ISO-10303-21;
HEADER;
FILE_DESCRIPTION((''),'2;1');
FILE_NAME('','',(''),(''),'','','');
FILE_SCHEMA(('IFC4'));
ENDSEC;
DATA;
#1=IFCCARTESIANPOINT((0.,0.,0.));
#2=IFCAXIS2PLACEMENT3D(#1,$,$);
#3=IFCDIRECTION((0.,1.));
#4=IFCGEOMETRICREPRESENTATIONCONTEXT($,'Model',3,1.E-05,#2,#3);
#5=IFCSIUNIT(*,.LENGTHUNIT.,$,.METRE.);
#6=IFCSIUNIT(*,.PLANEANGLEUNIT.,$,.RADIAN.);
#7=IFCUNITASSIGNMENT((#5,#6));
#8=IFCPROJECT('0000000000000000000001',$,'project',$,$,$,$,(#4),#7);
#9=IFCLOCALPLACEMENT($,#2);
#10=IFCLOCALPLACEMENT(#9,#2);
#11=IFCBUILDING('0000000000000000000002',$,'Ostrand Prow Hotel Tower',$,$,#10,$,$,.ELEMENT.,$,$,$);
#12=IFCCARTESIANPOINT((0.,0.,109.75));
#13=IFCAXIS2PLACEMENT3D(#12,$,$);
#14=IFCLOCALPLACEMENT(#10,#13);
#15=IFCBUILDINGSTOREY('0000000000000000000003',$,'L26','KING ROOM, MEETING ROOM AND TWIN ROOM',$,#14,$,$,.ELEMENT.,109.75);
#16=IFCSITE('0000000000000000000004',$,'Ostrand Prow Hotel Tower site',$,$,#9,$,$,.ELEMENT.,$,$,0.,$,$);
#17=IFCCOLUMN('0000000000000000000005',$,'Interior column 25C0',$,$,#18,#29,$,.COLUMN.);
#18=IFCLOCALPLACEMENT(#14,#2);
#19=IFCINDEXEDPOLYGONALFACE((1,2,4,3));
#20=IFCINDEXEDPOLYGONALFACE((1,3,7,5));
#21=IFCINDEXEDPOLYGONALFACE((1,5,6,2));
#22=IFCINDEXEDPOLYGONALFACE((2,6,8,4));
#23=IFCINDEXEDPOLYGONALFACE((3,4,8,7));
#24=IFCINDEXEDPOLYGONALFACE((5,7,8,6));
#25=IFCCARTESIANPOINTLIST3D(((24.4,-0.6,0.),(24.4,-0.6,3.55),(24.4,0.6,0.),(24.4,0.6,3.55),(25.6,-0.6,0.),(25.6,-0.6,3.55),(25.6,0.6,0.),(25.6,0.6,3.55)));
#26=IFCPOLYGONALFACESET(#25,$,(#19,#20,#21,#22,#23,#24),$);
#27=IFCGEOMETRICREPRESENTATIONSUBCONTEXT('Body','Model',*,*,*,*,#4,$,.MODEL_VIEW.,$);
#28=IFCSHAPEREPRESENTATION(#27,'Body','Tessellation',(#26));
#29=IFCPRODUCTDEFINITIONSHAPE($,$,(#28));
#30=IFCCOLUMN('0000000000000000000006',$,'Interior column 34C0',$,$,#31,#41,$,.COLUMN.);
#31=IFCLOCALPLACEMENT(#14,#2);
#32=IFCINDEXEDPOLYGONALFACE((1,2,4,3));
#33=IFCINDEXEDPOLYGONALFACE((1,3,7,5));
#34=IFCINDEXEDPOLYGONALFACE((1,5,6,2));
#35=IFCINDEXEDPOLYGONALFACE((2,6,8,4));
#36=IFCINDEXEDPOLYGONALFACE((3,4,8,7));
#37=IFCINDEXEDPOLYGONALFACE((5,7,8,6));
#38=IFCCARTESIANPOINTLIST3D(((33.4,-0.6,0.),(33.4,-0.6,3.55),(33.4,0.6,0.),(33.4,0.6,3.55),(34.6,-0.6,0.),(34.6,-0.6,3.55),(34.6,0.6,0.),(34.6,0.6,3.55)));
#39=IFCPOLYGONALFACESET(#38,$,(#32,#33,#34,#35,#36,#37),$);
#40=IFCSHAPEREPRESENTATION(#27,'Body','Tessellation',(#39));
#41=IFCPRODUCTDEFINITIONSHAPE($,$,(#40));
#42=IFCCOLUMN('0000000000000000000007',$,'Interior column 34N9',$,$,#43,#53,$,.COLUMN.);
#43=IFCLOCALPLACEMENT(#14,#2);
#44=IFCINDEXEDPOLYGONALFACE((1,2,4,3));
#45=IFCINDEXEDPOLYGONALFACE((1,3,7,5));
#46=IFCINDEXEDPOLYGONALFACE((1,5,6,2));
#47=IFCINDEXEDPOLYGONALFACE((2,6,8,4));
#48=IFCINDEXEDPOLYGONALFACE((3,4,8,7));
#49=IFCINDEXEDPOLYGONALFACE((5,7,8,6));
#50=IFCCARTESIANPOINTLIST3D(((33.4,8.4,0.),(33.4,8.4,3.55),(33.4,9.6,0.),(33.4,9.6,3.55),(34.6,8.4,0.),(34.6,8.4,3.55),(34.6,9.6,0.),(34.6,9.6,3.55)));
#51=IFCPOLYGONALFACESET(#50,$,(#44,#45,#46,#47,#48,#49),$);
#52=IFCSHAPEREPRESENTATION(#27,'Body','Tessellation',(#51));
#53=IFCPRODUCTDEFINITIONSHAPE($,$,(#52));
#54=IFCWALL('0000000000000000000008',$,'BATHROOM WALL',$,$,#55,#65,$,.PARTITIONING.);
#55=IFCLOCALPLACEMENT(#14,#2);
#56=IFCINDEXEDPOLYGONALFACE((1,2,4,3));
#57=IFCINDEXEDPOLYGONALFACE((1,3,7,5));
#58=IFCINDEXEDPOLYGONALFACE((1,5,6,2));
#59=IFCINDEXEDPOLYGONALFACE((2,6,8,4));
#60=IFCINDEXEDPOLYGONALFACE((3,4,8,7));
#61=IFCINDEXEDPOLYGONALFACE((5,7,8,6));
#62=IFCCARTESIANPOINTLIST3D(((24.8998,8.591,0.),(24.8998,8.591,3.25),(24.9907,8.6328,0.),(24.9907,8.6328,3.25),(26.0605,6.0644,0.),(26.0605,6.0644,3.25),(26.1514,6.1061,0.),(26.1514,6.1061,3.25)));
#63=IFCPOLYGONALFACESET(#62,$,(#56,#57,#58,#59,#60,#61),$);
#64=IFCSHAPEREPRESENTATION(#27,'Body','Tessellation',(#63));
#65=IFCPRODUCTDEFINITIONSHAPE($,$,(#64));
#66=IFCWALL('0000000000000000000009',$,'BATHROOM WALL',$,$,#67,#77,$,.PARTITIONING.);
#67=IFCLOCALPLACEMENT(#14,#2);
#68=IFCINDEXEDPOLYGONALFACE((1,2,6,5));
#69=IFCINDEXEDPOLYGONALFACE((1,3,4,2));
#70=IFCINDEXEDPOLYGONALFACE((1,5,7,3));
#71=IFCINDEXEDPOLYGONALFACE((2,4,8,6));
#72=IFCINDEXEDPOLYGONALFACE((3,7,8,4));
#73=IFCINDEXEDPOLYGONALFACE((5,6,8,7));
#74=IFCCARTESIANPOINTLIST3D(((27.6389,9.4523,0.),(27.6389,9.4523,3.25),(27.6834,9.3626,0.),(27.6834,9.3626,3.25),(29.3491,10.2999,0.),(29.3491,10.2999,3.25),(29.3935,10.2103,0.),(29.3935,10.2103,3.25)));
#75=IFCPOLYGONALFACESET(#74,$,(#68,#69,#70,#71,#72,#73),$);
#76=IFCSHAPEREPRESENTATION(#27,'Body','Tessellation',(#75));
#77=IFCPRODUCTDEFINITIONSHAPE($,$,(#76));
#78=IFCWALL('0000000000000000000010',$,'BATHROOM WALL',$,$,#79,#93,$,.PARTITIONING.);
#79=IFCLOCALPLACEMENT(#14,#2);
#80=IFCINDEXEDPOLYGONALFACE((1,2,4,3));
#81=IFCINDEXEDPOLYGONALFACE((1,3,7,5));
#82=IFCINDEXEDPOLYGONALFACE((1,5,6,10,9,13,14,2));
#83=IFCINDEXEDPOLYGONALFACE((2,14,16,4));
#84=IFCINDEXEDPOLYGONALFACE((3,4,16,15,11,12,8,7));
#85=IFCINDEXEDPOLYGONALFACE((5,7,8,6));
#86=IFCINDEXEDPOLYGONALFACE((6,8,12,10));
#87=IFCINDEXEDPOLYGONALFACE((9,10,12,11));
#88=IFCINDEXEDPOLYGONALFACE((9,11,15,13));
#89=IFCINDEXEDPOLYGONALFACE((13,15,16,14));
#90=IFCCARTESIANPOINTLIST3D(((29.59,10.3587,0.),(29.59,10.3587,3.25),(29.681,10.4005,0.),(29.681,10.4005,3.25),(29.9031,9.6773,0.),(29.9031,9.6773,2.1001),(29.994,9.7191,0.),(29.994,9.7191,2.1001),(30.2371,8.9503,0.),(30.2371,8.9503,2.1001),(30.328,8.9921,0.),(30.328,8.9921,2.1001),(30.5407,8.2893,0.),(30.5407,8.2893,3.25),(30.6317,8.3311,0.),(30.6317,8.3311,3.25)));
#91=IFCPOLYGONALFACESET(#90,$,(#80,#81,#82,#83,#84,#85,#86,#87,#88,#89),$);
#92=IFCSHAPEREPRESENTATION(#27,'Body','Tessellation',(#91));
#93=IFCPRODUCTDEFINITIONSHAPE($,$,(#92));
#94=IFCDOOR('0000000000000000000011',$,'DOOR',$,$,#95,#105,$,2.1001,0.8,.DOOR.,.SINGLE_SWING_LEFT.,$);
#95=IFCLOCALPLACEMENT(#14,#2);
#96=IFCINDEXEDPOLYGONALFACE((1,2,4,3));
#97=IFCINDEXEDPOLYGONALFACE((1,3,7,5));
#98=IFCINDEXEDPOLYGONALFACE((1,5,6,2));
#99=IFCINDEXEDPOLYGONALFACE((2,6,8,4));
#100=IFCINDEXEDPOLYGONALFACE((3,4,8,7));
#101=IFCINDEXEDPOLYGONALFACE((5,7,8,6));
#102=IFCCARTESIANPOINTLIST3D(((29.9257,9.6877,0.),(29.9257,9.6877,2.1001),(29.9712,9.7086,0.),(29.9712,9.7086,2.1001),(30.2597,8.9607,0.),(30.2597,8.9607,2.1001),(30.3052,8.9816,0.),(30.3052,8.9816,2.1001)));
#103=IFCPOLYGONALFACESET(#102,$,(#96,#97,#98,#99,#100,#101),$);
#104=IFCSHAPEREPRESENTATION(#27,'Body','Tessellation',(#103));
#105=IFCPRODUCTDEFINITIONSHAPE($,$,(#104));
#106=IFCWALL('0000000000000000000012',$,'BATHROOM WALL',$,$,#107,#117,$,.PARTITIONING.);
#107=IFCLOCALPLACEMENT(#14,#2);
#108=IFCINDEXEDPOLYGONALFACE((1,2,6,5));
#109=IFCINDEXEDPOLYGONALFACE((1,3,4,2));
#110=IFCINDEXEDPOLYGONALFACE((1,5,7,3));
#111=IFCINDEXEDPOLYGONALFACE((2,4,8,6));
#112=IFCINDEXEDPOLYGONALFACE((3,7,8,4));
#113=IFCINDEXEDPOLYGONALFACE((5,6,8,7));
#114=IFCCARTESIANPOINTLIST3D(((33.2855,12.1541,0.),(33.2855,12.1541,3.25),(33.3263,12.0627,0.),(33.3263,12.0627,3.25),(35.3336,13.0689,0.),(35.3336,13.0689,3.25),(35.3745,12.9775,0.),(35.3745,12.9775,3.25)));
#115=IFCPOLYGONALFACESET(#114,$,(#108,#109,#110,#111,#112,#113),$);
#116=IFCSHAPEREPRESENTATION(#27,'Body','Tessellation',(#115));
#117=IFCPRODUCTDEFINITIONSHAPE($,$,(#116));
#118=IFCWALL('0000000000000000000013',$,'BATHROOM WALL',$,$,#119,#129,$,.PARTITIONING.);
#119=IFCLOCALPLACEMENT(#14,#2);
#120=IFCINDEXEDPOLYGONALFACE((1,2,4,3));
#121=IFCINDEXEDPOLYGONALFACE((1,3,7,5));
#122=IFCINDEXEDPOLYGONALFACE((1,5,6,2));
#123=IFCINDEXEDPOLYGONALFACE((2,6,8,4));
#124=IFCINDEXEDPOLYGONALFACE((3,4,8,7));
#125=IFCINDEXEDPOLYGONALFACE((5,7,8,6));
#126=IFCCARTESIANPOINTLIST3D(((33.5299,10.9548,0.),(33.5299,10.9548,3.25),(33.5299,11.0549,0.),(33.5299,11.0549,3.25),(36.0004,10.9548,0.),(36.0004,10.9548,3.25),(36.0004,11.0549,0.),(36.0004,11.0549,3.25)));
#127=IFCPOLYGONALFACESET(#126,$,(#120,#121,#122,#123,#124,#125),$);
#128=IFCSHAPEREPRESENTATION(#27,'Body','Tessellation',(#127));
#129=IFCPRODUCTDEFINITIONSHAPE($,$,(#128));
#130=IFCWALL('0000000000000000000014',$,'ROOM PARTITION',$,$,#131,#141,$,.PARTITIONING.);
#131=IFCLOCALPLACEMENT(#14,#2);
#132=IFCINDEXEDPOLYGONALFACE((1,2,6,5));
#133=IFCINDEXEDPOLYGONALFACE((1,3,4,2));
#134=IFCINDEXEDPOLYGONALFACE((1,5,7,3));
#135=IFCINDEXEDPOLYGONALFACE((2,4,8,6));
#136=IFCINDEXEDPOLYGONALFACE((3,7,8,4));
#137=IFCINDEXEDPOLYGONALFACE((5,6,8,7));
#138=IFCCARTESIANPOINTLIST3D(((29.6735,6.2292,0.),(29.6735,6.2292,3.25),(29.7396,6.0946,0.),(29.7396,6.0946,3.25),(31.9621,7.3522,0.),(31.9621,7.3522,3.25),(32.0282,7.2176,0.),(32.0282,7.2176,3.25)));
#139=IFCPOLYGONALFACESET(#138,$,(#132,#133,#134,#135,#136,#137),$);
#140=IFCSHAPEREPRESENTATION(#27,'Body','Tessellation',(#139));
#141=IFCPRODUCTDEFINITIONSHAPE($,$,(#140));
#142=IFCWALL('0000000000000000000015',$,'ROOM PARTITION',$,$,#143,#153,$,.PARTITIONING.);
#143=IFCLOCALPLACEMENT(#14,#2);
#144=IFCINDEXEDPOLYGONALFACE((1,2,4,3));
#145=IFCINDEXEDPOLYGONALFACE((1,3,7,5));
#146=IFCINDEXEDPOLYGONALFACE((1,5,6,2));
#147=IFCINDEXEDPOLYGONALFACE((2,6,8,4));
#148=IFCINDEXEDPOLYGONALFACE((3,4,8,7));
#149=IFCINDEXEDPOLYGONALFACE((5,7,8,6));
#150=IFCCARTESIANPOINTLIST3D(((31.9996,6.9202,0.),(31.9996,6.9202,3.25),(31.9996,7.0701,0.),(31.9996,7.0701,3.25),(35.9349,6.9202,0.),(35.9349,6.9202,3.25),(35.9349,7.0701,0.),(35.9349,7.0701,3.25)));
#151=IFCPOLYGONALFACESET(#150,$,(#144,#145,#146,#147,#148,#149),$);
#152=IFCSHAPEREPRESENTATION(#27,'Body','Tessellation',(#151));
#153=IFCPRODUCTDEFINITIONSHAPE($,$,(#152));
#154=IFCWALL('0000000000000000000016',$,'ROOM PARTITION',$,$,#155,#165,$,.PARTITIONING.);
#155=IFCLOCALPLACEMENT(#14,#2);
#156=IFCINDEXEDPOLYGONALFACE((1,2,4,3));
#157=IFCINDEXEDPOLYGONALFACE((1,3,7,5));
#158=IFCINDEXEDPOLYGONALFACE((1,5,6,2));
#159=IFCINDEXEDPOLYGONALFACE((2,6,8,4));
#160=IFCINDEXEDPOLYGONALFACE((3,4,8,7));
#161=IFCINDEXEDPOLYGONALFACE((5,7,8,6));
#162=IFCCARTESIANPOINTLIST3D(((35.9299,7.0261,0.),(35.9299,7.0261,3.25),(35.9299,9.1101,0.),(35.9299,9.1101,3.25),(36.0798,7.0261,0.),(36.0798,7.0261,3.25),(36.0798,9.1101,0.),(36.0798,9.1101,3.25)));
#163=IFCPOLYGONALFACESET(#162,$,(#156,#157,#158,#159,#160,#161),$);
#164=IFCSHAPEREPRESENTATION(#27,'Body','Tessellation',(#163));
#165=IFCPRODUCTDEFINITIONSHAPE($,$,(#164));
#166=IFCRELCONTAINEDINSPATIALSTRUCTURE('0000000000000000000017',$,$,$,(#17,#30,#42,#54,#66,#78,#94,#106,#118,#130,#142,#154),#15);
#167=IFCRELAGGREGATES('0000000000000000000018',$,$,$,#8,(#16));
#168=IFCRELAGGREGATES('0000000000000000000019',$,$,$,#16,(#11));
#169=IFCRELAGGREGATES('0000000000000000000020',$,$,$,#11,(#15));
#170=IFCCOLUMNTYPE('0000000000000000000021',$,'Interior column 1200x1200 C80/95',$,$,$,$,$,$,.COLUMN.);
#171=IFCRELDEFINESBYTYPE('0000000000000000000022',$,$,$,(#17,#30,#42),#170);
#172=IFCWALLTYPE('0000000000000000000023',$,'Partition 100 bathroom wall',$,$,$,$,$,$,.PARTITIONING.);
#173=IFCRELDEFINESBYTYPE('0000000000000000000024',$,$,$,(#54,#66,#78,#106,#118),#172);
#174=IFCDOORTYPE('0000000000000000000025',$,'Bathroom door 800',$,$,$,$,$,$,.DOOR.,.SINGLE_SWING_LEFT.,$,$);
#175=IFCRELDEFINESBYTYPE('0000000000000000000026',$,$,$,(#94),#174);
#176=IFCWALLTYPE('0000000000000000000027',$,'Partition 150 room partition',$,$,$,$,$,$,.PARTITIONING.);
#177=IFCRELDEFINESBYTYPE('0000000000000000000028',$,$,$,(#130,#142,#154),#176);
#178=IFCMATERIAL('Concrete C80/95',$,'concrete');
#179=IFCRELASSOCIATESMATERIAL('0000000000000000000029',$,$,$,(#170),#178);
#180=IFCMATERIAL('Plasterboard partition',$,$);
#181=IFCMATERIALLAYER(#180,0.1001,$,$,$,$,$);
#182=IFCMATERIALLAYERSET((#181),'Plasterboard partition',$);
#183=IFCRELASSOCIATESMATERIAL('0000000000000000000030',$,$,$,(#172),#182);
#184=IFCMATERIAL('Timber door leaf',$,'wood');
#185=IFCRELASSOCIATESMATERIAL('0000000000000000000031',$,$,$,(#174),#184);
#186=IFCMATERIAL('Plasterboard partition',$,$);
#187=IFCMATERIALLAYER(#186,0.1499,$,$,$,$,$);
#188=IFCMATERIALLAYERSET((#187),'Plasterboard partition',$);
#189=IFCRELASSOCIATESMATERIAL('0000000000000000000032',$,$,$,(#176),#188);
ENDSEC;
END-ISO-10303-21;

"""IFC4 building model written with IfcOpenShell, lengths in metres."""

from ifc_helpers import new_model, si_unit, direction, frame, frame_2d, origin, origin_2d, place, context, subcontext, project, spatial, rectangle, extrude, material, layer, layer_set, material_profile, profile_set, type_object, element, fill, save


model = new_model("IFC4")

# Units and contexts
model_context = context("Model", 3, precision=1e-05, world=origin(), true_north=direction((0.0, 1.0)))
body_context = subcontext(model_context, "Body", "Model", "MODEL_VIEW")
ifc_project = project(units=[si_unit("LENGTHUNIT", "METRE"), si_unit("PLANEANGLEUNIT", "RADIAN")], contexts=[model_context])

# Site, building, storey
site_placement = place(None, origin())
site = spatial("IfcSite", under=ifc_project, at=site_placement, Name="Ostrand Prow Hotel Tower site", CompositionType="ELEMENT", RefElevation=0.0)
building_placement = place(site_placement, origin())
building = spatial("IfcBuilding", under=site, at=building_placement, Name="Ostrand Prow Hotel Tower", CompositionType="ELEMENT")
storey_placement = place(building_placement, frame((0.0, 0.0, 109.75)))
storey = spatial("IfcBuildingStorey", under=building, at=storey_placement, Name="L26", Description="KING ROOM, MEETING ROOM AND TWIN ROOM", CompositionType="ELEMENT", Elevation=109.75)

# Columns
ifc_material_1 = material(Name="Concrete C80/95", Category="concrete")
ifc_material_profile = material_profile(ifc_material_1, rectangle(XDim=1.2, YDim=1.2, at=origin_2d()), Name="RC 1200x1200")
ifc_profile_set = profile_set([ifc_material_profile], Name="Concrete C80/95")
column_type = type_object("IfcColumnType", Name="Interior column 1200x1200 C80/95", PredefinedType="COLUMN", material=ifc_profile_set)
for number, where, z_axis, x_axis, name in (
    (1, (25.0, 0.0, 0.0), (0.0, 0.0, 1.0), (1.0, 0.0, 0.0), "Interior column 25C0"),
    (2, (34.0, 0.0, 0.0), (0.0, 0.0, 1.0), (1.0, 0.0, 0.0), "Interior column 34C0"),
    (3, (34.0, 9.0, 0.0), (0.0, 0.0, 1.0), (1.0, 0.0, 0.0), "Interior column 34N9"),
):
    element("IfcColumn", number, at=place(storey_placement, frame(where, z_axis=z_axis, x_axis=x_axis)), inside=storey, type_object=column_type, Name=name, PredefinedType="COLUMN", context=body_context, shape_type="SweptSolid", body=[
        extrude(rectangle(XDim=1.2, YDim=1.2, at=origin_2d()), origin(), (0.0, 0.0, 1.0), 3.55),
    ])

# Walls
ifc_material_2 = material(Name="Plasterboard partition")
ifc_layer_1 = layer(ifc_material_2, 0.1001)
ifc_layer_set_1 = layer_set([ifc_layer_1], Name="Plasterboard partition")
wall_type_1 = type_object("IfcWallType", Name="Partition 100 bathroom wall", PredefinedType="PARTITIONING", material=ifc_layer_set_1)
wall_1_placement = place(storey_placement, frame((24.9453, 8.6118, 0.0), z_axis=(0.0, 0.0, 1.0), x_axis=(0.417432, -0.908708, 0.0)))
element("IfcWall", 4, at=wall_1_placement, inside=storey, type_object=wall_type_1, Name="BATHROOM WALL", PredefinedType="PARTITIONING", context=body_context, shape_type="SweptSolid", body=[
    extrude(rectangle(XDim=2.7805, YDim=0.1001, at=frame_2d((1.3901, 0.0))), origin(), (0.0, 0.0, 1.0), 3.25),
])
wall_2_placement = place(storey_placement, frame((27.6611, 9.4075, 0.0), z_axis=(0.0, 0.0, 1.0), x_axis=(0.895982, 0.44409, 0.0)))
element("IfcWall", 5, at=wall_2_placement, inside=storey, type_object=wall_type_1, Name="BATHROOM WALL", PredefinedType="PARTITIONING", context=body_context, shape_type="SweptSolid", body=[
    extrude(rectangle(XDim=1.9087, YDim=0.1001, at=frame_2d((0.9543, 0.0))), origin(), (0.0, 0.0, 1.0), 3.25),
])

# Wall, opening, door
wall_3_placement = place(storey_placement, frame((29.6355, 10.3796, 0.0), z_axis=(0.0, 0.0, 1.0), x_axis=(0.417467, -0.908692, 0.0)))
wall_3 = element("IfcWall", 6, at=wall_3_placement, inside=storey, type_object=wall_type_1, Name="BATHROOM WALL", PredefinedType="PARTITIONING", context=body_context, shape_type="SweptSolid", body=[
    extrude(rectangle(XDim=2.2773, YDim=0.1001, at=frame_2d((1.1387, 0.0))), origin(), (0.0, 0.0, 1.0), 3.25),
])
opening_1_placement = place(wall_3_placement, frame((0.75, 0.0, 0.0)))
opening_1 = element("IfcOpeningElement", 7, at=opening_1_placement, cuts=wall_3, PredefinedType="OPENING", context=body_context, shape_type="SweptSolid", body=[
    extrude(rectangle(XDim=0.8, YDim=2.1001, at=frame_2d((0.3999, 1.05))), frame((0.0, 0.0601, 0.0), z_axis=(0.0, -1.0, 0.0), x_axis=(1.0, 0.0, 0.0)), (0.0, 0.0, 1.0), 0.1201),
])
ifc_material_3 = material(Name="Timber door leaf", Category="wood")
door_type_1 = type_object("IfcDoorType", Name="Bathroom door 800", OperationType="SINGLE_SWING_LEFT", PredefinedType="DOOR", material=ifc_material_3)
door_1_placement = place(opening_1_placement, origin())
door_1 = element("IfcDoor", 8, at=door_1_placement, inside=storey, type_object=door_type_1, Name="DOOR", OperationType="SINGLE_SWING_LEFT", OverallHeight=2.1001, OverallWidth=0.8, PredefinedType="DOOR", context=body_context, shape_type="SweptSolid", body=[
    extrude(rectangle(XDim=0.8, YDim=2.1001, at=frame_2d((0.3999, 1.05))), frame((0.0, 0.0249, 0.0), z_axis=(0.0, -1.0, 0.0), x_axis=(1.0, 0.0, 0.0)), (0.0, 0.0, 1.0), 0.05),
])
fill(opening_1, door_1)

# Walls
wall_4_placement = place(storey_placement, frame((33.3059, 12.1084, 0.0), z_axis=(0.0, 0.0, 1.0), x_axis=(0.91306, 0.407824, 0.0)))
element("IfcWall", 9, at=wall_4_placement, inside=storey, type_object=wall_type_1, Name="BATHROOM WALL", PredefinedType="PARTITIONING", context=body_context, shape_type="SweptSolid", body=[
    extrude(rectangle(XDim=2.2432, YDim=0.1001, at=frame_2d((1.1216, 0.0))), origin(), (0.0, 0.0, 1.0), 3.25),
])
wall_5_placement = place(storey_placement, frame((36.0005, 11.0049, 0.0), z_axis=(0.0, 0.0, 1.0), x_axis=(-1.0, 0.0, 0.0)))
element("IfcWall", 10, at=wall_5_placement, inside=storey, type_object=wall_type_1, Name="BATHROOM WALL", PredefinedType="PARTITIONING", context=body_context, shape_type="SweptSolid", body=[
    extrude(rectangle(XDim=2.4705, YDim=0.1001, at=frame_2d((1.2354, 0.0))), origin(), (0.0, 0.0, 1.0), 3.25),
])
ifc_material_4 = material(Name="Plasterboard partition")
ifc_layer_2 = layer(ifc_material_4, 0.1499)
ifc_layer_set_2 = layer_set([ifc_layer_2], Name="Plasterboard partition")
wall_type_2 = type_object("IfcWallType", Name="Partition 150 room partition", PredefinedType="PARTITIONING", material=ifc_layer_set_2)
wall_6_placement = place(storey_placement, frame((29.7065, 6.1619, 0.0), z_axis=(0.0, 0.0, 1.0), x_axis=(0.897735, 0.440536, 0.0)))
element("IfcWall", 11, at=wall_6_placement, inside=storey, type_object=wall_type_2, Name="ROOM PARTITION", PredefinedType="PARTITIONING", context=body_context, shape_type="SweptSolid", body=[
    extrude(rectangle(XDim=2.5493, YDim=0.1499, at=frame_2d((1.2747, 0.0))), origin(), (0.0, 0.0, 1.0), 3.25),
])
wall_7_placement = place(storey_placement, frame((31.9995, 6.9951, 0.0), z_axis=(0.0, 0.0, 1.0), x_axis=(1.0, 0.0, 0.0)))
element("IfcWall", 12, at=wall_7_placement, inside=storey, type_object=wall_type_2, Name="ROOM PARTITION", PredefinedType="PARTITIONING", context=body_context, shape_type="SweptSolid", body=[
    extrude(rectangle(XDim=3.9353, YDim=0.1499, at=frame_2d((1.9678, 0.0))), origin(), (0.0, 0.0, 1.0), 3.25),
])
wall_8_placement = place(storey_placement, frame((36.0049, 7.0261, 0.0), z_axis=(0.0, 0.0, 1.0), x_axis=(0.0, 1.0, 0.0)))
element("IfcWall", 13, at=wall_8_placement, inside=storey, type_object=wall_type_2, Name="ROOM PARTITION", PredefinedType="PARTITIONING", context=body_context, shape_type="SweptSolid", body=[
    extrude(rectangle(XDim=2.084, YDim=0.1499, at=frame_2d((1.042, 0.0))), origin(), (0.0, 0.0, 1.0), 3.25),
])

save(model, "model.ifc")
